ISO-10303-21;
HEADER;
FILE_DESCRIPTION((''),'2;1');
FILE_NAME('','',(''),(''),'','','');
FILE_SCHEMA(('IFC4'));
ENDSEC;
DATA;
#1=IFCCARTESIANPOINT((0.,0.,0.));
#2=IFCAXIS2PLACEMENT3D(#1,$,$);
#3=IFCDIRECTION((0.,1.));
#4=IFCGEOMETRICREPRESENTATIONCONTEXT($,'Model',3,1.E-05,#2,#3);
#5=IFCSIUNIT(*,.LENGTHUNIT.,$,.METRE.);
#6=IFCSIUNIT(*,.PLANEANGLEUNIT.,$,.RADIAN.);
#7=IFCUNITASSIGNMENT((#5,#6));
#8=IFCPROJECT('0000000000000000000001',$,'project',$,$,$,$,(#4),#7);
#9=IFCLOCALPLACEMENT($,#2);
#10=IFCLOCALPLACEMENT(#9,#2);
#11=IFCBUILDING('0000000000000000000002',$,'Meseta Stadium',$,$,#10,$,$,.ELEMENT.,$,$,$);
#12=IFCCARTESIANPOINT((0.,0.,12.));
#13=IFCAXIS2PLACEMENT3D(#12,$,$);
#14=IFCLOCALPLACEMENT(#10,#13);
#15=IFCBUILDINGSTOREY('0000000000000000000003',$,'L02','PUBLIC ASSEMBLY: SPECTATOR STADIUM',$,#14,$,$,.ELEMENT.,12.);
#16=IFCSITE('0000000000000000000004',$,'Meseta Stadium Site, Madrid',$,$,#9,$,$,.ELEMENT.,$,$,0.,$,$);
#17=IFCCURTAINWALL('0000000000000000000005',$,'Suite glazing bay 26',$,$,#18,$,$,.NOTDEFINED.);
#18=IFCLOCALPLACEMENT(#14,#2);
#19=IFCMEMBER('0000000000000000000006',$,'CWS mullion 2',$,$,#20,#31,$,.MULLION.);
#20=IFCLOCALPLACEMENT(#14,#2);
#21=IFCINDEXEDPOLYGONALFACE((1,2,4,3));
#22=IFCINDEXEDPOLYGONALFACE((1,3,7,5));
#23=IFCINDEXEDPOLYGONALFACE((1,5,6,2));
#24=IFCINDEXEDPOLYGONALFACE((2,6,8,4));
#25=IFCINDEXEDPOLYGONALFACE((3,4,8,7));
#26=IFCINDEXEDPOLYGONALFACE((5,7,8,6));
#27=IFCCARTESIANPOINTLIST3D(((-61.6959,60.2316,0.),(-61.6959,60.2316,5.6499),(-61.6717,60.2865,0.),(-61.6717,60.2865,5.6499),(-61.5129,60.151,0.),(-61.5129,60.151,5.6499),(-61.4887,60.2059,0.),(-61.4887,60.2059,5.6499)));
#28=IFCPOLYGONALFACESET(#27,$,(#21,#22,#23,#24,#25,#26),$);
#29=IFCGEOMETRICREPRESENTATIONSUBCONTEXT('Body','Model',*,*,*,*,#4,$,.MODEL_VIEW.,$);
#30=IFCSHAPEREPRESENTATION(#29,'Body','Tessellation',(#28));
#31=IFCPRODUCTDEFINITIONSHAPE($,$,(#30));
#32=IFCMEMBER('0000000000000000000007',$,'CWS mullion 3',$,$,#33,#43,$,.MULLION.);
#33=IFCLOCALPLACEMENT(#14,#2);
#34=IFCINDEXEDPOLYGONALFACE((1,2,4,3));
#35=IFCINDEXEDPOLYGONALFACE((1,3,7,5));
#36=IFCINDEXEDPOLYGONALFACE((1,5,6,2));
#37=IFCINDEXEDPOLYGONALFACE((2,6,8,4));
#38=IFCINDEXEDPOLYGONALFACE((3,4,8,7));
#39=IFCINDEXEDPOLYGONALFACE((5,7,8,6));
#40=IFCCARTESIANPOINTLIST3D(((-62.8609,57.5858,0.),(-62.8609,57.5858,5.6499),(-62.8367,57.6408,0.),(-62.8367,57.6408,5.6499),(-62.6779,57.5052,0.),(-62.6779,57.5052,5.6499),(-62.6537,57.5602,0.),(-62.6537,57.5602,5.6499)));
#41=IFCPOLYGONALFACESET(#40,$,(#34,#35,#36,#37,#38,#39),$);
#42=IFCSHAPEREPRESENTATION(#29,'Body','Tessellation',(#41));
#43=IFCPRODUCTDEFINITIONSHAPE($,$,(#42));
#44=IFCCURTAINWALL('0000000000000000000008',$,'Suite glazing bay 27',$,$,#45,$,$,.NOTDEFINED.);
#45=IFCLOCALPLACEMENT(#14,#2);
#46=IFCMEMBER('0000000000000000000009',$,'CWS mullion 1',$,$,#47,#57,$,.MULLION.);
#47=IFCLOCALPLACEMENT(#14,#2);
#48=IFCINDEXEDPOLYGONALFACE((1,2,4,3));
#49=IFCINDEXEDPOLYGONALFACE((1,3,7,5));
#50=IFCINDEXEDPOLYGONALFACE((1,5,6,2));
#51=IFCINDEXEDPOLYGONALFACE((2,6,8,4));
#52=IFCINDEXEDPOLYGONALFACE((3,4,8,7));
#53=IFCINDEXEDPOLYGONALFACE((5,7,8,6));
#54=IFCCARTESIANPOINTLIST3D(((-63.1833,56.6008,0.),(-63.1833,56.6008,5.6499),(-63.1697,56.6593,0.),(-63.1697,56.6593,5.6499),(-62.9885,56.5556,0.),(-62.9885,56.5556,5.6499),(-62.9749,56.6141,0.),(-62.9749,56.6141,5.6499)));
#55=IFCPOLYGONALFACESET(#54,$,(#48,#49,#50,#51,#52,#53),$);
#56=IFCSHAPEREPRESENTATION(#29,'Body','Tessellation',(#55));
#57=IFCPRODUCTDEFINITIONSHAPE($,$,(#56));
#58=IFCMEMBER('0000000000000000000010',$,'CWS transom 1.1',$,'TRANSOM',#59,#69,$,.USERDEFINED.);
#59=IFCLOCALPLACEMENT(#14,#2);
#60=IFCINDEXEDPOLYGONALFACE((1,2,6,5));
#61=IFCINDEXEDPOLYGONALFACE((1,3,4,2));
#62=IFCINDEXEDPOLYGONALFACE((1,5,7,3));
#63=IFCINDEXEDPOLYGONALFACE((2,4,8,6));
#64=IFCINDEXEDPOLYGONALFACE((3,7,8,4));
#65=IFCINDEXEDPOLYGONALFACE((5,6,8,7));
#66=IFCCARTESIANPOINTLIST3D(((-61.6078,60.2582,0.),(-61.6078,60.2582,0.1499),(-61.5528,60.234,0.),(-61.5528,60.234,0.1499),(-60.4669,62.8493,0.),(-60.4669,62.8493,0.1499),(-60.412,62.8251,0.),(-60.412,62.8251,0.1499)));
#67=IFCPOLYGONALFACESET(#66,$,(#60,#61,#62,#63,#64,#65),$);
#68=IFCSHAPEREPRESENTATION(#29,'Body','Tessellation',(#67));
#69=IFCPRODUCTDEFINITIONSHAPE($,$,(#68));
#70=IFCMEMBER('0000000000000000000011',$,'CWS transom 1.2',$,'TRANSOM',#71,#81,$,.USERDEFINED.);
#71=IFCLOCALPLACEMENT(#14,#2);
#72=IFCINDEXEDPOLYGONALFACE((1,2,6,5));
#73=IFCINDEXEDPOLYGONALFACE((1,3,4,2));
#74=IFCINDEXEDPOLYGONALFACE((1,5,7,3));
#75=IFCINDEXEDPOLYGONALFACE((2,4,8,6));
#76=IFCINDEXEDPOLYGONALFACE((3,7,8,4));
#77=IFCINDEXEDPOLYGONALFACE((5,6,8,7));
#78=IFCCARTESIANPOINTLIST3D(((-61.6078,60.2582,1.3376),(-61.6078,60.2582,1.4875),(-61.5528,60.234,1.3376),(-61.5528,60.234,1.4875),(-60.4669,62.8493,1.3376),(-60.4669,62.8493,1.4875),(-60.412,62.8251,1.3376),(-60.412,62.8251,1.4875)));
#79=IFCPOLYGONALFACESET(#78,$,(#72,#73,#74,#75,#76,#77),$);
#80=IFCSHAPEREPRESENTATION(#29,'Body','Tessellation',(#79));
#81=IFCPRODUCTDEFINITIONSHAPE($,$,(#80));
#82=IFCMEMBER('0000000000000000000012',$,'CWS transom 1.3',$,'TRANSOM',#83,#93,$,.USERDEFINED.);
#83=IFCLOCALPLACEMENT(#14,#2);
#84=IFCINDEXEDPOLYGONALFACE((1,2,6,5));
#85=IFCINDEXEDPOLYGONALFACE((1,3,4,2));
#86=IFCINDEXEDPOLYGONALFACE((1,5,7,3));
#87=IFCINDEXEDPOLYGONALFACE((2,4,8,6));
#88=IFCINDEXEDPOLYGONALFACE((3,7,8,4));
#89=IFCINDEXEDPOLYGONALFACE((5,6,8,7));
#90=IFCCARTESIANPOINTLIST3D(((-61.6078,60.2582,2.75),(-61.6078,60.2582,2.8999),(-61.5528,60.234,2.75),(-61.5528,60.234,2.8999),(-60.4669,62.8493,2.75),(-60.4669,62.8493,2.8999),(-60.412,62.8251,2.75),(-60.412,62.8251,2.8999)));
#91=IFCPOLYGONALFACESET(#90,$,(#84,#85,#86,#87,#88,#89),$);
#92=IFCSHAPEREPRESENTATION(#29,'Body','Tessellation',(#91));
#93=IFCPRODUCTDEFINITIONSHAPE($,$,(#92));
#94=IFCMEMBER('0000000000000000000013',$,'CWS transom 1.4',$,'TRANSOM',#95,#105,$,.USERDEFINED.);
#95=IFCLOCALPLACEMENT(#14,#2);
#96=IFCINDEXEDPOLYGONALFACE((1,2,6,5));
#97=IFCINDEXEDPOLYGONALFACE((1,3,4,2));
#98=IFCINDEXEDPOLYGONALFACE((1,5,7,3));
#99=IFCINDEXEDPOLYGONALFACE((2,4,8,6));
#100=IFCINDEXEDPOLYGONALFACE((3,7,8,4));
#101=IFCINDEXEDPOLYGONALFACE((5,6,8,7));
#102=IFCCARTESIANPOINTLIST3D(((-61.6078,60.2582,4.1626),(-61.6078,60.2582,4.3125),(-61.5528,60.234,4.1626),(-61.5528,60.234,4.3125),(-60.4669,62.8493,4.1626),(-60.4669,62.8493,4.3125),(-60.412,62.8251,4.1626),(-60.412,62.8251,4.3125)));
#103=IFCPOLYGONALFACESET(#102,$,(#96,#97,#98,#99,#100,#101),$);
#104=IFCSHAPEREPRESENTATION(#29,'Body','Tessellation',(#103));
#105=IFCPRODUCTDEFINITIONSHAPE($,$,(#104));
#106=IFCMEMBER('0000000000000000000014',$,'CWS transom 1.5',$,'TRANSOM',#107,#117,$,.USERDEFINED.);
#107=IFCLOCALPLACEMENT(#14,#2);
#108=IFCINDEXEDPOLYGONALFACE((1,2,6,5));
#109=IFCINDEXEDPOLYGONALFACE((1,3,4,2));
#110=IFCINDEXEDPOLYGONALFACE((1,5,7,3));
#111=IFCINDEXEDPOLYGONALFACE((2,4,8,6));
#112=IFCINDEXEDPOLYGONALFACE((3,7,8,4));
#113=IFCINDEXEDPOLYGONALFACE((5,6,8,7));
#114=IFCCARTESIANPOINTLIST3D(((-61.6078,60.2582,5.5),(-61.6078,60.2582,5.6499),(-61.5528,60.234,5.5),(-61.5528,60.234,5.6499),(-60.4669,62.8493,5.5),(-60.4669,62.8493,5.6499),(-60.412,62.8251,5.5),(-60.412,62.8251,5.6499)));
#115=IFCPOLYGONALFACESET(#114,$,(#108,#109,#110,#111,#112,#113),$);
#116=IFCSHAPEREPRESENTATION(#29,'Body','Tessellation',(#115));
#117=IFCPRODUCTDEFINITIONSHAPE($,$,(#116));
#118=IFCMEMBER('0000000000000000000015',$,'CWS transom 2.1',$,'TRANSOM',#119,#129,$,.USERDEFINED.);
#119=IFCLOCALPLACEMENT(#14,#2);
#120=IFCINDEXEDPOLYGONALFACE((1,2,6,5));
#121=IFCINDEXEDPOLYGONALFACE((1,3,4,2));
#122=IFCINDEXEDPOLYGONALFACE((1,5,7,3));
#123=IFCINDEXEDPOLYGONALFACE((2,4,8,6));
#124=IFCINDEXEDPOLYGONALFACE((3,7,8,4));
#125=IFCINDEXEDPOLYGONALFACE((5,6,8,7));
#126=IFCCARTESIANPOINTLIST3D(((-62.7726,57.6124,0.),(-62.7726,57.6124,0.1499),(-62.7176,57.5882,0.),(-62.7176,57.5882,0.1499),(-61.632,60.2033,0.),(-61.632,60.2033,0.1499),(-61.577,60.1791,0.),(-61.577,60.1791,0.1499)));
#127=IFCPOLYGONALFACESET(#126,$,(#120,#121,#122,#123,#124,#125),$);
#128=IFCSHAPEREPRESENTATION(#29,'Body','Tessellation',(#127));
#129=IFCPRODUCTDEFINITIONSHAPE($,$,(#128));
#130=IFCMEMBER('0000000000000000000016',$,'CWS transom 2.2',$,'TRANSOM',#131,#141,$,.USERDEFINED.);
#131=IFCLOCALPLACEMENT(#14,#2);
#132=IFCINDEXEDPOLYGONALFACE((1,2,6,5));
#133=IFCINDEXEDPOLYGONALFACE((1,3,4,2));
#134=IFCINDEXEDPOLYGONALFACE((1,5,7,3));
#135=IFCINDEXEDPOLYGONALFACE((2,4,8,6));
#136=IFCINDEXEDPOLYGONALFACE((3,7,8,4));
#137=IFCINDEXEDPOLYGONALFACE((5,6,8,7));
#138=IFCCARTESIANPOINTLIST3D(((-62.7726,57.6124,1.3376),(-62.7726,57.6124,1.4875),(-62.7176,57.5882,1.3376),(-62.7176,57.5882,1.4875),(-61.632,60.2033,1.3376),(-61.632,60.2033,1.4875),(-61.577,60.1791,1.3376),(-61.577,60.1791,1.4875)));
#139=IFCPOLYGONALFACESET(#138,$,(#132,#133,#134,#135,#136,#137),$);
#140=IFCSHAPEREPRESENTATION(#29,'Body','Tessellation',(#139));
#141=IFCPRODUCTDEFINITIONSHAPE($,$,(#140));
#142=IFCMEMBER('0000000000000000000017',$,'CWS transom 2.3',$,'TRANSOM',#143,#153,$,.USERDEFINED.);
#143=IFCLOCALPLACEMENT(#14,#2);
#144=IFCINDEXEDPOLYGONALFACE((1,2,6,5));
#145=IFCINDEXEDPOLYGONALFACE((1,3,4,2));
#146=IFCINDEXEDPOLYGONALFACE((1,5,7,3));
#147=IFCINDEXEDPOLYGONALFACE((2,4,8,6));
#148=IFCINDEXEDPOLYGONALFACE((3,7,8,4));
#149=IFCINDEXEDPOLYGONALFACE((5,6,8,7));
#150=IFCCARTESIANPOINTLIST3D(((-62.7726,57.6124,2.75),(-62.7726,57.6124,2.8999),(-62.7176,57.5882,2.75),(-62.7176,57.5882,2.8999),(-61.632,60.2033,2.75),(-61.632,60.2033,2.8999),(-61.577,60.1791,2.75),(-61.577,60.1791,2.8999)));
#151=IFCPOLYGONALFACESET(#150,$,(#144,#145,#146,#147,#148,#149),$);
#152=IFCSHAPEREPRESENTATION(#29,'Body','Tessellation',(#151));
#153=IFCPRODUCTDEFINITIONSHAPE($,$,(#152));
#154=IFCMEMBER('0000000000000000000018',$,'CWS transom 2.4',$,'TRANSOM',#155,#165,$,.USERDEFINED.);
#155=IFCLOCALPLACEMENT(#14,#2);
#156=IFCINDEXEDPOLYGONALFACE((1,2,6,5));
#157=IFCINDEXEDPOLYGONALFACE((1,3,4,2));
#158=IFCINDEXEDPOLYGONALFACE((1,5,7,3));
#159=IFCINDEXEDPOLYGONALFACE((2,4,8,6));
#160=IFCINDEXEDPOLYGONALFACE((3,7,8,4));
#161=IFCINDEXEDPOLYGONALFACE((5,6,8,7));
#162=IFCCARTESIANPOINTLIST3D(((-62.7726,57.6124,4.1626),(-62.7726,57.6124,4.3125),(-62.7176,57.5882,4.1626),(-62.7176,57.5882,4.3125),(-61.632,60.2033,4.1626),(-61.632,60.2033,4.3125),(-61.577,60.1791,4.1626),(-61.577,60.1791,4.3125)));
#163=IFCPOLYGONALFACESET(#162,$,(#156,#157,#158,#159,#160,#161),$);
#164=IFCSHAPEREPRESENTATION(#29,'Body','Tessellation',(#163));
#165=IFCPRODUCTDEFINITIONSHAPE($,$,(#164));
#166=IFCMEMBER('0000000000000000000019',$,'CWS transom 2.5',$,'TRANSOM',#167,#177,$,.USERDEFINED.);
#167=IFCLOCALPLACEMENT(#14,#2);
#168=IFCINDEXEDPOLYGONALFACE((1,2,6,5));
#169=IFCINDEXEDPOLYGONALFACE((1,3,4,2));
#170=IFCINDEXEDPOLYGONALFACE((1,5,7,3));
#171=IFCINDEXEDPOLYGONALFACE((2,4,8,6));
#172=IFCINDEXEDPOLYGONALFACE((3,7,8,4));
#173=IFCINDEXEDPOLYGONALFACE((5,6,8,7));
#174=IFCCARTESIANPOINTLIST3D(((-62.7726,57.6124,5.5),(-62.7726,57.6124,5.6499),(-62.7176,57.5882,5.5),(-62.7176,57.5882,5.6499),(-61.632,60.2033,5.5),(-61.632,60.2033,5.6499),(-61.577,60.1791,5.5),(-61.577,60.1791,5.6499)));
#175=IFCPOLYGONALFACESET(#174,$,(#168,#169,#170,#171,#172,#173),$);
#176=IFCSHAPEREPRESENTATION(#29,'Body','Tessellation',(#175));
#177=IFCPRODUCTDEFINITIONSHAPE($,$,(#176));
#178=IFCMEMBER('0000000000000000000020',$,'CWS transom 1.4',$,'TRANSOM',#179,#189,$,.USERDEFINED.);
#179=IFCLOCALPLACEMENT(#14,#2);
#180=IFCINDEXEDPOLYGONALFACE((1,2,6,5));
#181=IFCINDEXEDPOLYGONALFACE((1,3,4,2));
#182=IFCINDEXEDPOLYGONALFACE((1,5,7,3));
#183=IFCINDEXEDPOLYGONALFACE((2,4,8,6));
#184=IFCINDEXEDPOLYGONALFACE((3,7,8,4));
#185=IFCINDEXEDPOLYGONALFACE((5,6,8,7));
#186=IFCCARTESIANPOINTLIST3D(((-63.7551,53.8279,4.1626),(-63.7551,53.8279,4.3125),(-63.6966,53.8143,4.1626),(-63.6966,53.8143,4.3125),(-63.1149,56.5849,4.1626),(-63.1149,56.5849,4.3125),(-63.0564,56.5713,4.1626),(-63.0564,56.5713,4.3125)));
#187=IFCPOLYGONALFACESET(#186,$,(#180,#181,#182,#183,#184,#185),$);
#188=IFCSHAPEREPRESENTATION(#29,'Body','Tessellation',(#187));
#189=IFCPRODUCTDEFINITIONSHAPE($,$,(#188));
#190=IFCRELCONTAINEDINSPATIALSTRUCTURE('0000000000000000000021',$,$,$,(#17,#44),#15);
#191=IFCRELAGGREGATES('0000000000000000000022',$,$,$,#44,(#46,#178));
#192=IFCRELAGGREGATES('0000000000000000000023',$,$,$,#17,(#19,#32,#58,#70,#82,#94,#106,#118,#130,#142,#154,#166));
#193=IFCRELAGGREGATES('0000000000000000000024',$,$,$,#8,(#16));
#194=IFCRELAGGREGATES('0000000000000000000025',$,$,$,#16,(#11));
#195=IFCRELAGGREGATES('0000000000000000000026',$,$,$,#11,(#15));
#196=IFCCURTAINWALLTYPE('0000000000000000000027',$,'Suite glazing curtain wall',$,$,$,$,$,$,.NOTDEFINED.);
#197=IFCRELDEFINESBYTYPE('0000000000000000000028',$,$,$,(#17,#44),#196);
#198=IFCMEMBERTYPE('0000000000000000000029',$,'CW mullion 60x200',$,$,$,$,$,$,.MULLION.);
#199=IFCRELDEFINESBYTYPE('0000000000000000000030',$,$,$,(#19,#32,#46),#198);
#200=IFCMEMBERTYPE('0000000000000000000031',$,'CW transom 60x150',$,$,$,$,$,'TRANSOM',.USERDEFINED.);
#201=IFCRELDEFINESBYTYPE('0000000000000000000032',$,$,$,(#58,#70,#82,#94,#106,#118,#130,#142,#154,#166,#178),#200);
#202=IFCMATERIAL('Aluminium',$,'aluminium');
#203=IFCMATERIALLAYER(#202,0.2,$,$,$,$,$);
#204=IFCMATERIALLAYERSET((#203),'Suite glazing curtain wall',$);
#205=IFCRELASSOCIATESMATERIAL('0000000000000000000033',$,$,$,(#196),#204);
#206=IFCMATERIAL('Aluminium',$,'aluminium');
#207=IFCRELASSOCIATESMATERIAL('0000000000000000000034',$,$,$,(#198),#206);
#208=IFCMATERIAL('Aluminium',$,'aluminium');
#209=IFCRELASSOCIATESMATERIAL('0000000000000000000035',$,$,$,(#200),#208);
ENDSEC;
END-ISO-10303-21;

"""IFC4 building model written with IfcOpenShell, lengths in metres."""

from ifc_helpers import new_model, si_unit, direction, frame, origin, origin_2d, place, context, subcontext, project, spatial, rectangle, extrude, material, layer, layer_set, material_profile, profile_set, type_object, element, aggregate, save


model = new_model("IFC4")

# Units and contexts
model_context = context("Model", 3, precision=1e-05, world=origin(), true_north=direction((0.0, 1.0)))
body_context = subcontext(model_context, "Body", "Model", "MODEL_VIEW")
ifc_project = project(units=[si_unit("LENGTHUNIT", "METRE"), si_unit("PLANEANGLEUNIT", "RADIAN")], contexts=[model_context])

# Site, building, storey
site_placement = place(None, origin())
site = spatial("IfcSite", under=ifc_project, at=site_placement, Name="Meseta Stadium Site, Madrid", CompositionType="ELEMENT", RefElevation=0.0)
building_placement = place(site_placement, origin())
building = spatial("IfcBuilding", under=site, at=building_placement, Name="Meseta Stadium", CompositionType="ELEMENT")
storey_placement = place(building_placement, frame((0.0, 0.0, 12.0)))
storey = spatial("IfcBuildingStorey", under=building, at=storey_placement, Name="L02", Description="PUBLIC ASSEMBLY: SPECTATOR STADIUM", CompositionType="ELEMENT", Elevation=12.0)

# Curtain wall, members
ifc_material_1 = material(Name="Aluminium", Category="aluminium")
ifc_layer_1 = layer(ifc_material_1, 0.2)
ifc_layer_set_1 = layer_set([ifc_layer_1], Name="Suite glazing curtain wall")
curtain_wall_type = type_object("IfcCurtainWallType", Name="Suite glazing curtain wall", PredefinedType="NOTDEFINED", material=ifc_layer_set_1)
curtain_wall_1_placement = place(storey_placement, origin())
curtain_wall_1 = element("IfcCurtainWall", 1, at=curtain_wall_1_placement, inside=storey, type_object=curtain_wall_type, Name="Suite glazing bay 26", PredefinedType="NOTDEFINED")
ifc_material_2 = material(Name="Aluminium", Category="aluminium")
ifc_material_profile_1 = material_profile(ifc_material_2, rectangle(XDim=0.2, YDim=0.0601, at=origin_2d()), Name="CW 200x60")
ifc_profile_set_1 = profile_set([ifc_material_profile_1], Name="Aluminium")
member_type_1 = type_object("IfcMemberType", Name="CW mullion 60x200", PredefinedType="MULLION", material=ifc_profile_set_1)
member_1_placement = place(storey_placement, frame((-61.5923, 60.2188, 0.0), z_axis=(0.0, 0.0, 1.0), x_axis=(0.915207, -0.402983, 0.0)))
member_1 = element("IfcMember", 2, at=member_1_placement, type_object=member_type_1, Name="CWS mullion 2", PredefinedType="MULLION", context=body_context, shape_type="SweptSolid", body=[
    extrude(rectangle(XDim=0.2, YDim=0.0601, at=origin_2d()), origin(), (0.0, 0.0, 1.0), 5.6499),
])
member_2_placement = place(storey_placement, frame((-62.7573, 57.573, 0.0), z_axis=(0.0, 0.0, 1.0), x_axis=(0.915207, -0.402983, 0.0)))
member_2 = element("IfcMember", 3, at=member_2_placement, type_object=member_type_1, Name="CWS mullion 3", PredefinedType="MULLION", context=body_context, shape_type="SweptSolid", body=[
    extrude(rectangle(XDim=0.2, YDim=0.0601, at=origin_2d()), origin(), (0.0, 0.0, 1.0), 5.6499),
])

# Curtain wall, member
curtain_wall_2_placement = place(storey_placement, origin())
curtain_wall_2 = element("IfcCurtainWall", 4, at=curtain_wall_2_placement, inside=storey, type_object=curtain_wall_type, Name="Suite glazing bay 27", PredefinedType="NOTDEFINED")
member_3_placement = place(storey_placement, frame((-63.0791, 56.6074, 0.0), z_axis=(0.0, 0.0, 1.0), x_axis=(0.974093, -0.226148, 0.0)))
member_3 = element("IfcMember", 5, at=member_3_placement, type_object=member_type_1, Name="CWS mullion 1", PredefinedType="MULLION", context=body_context, shape_type="SweptSolid", body=[
    extrude(rectangle(XDim=0.2, YDim=0.0601, at=origin_2d()), origin(), (0.0, 0.0, 1.0), 5.6499),
])

# Members
ifc_material_3 = material(Name="Aluminium", Category="aluminium")
ifc_material_profile_2 = material_profile(ifc_material_3, rectangle(XDim=0.0601, YDim=0.1499, at=origin_2d()), Name="CW 60x150")
ifc_profile_set_2 = profile_set([ifc_material_profile_2], Name="Aluminium")
member_type_2 = type_object("IfcMemberType", Name="CW transom 60x150", ElementType="TRANSOM", PredefinedType="USERDEFINED", material=ifc_profile_set_2)
member_4_placement = place(storey_placement, frame((-60.4395, 62.8372, 0.075), z_axis=(-0.402976, -0.915211, 0.0), x_axis=(0.915211, -0.402976, 0.0)))
member_4 = element("IfcMember", 6, at=member_4_placement, type_object=member_type_2, Name="CWS transom 1.1", ObjectType="TRANSOM", PredefinedType="USERDEFINED", context=body_context, shape_type="SweptSolid", body=[
    extrude(rectangle(XDim=0.0601, YDim=0.1499, at=origin_2d()), origin(), (0.0, 0.0, 1.0), 2.8311),
])
member_5_placement = place(storey_placement, frame((-60.4395, 62.8372, 1.4126), z_axis=(-0.402976, -0.915211, 0.0), x_axis=(0.915211, -0.402976, 0.0)))
member_5 = element("IfcMember", 7, at=member_5_placement, type_object=member_type_2, Name="CWS transom 1.2", ObjectType="TRANSOM", PredefinedType="USERDEFINED", context=body_context, shape_type="SweptSolid", body=[
    extrude(rectangle(XDim=0.0601, YDim=0.1499, at=origin_2d()), origin(), (0.0, 0.0, 1.0), 2.8311),
])
member_6_placement = place(storey_placement, frame((-60.4395, 62.8372, 2.825), z_axis=(-0.402976, -0.915211, 0.0), x_axis=(0.915211, -0.402976, 0.0)))
member_6 = element("IfcMember", 8, at=member_6_placement, type_object=member_type_2, Name="CWS transom 1.3", ObjectType="TRANSOM", PredefinedType="USERDEFINED", context=body_context, shape_type="SweptSolid", body=[
    extrude(rectangle(XDim=0.0601, YDim=0.1499, at=origin_2d()), origin(), (0.0, 0.0, 1.0), 2.8311),
])
member_7_placement = place(storey_placement, frame((-60.4395, 62.8372, 4.2375), z_axis=(-0.402976, -0.915211, 0.0), x_axis=(0.915211, -0.402976, 0.0)))
member_7 = element("IfcMember", 9, at=member_7_placement, type_object=member_type_2, Name="CWS transom 1.4", ObjectType="TRANSOM", PredefinedType="USERDEFINED", context=body_context, shape_type="SweptSolid", body=[
    extrude(rectangle(XDim=0.0601, YDim=0.1499, at=origin_2d()), origin(), (0.0, 0.0, 1.0), 2.8311),
])
member_8_placement = place(storey_placement, frame((-60.4395, 62.8372, 5.575), z_axis=(-0.402976, -0.915211, 0.0), x_axis=(0.915211, -0.402976, 0.0)))
member_8 = element("IfcMember", 10, at=member_8_placement, type_object=member_type_2, Name="CWS transom 1.5", ObjectType="TRANSOM", PredefinedType="USERDEFINED", context=body_context, shape_type="SweptSolid", body=[
    extrude(rectangle(XDim=0.0601, YDim=0.1499, at=origin_2d()), origin(), (0.0, 0.0, 1.0), 2.8311),
])
member_9_placement = place(storey_placement, frame((-61.6045, 60.1912, 0.075), z_axis=(-0.402935, -0.915229, 0.0), x_axis=(0.915229, -0.402935, 0.0)))
member_9 = element("IfcMember", 11, at=member_9_placement, type_object=member_type_2, Name="CWS transom 2.1", ObjectType="TRANSOM", PredefinedType="USERDEFINED", context=body_context, shape_type="SweptSolid", body=[
    extrude(rectangle(XDim=0.0601, YDim=0.1499, at=origin_2d()), origin(), (0.0, 0.0, 1.0), 2.8308),
])
member_10_placement = place(storey_placement, frame((-61.6045, 60.1912, 1.4126), z_axis=(-0.402935, -0.915229, 0.0), x_axis=(0.915229, -0.402935, 0.0)))
member_10 = element("IfcMember", 12, at=member_10_placement, type_object=member_type_2, Name="CWS transom 2.2", ObjectType="TRANSOM", PredefinedType="USERDEFINED", context=body_context, shape_type="SweptSolid", body=[
    extrude(rectangle(XDim=0.0601, YDim=0.1499, at=origin_2d()), origin(), (0.0, 0.0, 1.0), 2.8308),
])
member_11_placement = place(storey_placement, frame((-61.6045, 60.1912, 2.825), z_axis=(-0.402935, -0.915229, 0.0), x_axis=(0.915229, -0.402935, 0.0)))
member_11 = element("IfcMember", 13, at=member_11_placement, type_object=member_type_2, Name="CWS transom 2.3", ObjectType="TRANSOM", PredefinedType="USERDEFINED", context=body_context, shape_type="SweptSolid", body=[
    extrude(rectangle(XDim=0.0601, YDim=0.1499, at=origin_2d()), origin(), (0.0, 0.0, 1.0), 2.8308),
])
member_12_placement = place(storey_placement, frame((-61.6045, 60.1912, 4.2375), z_axis=(-0.402935, -0.915229, 0.0), x_axis=(0.915229, -0.402935, 0.0)))
member_12 = element("IfcMember", 14, at=member_12_placement, type_object=member_type_2, Name="CWS transom 2.4", ObjectType="TRANSOM", PredefinedType="USERDEFINED", context=body_context, shape_type="SweptSolid", body=[
    extrude(rectangle(XDim=0.0601, YDim=0.1499, at=origin_2d()), origin(), (0.0, 0.0, 1.0), 2.8308),
])
member_13_placement = place(storey_placement, frame((-61.6045, 60.1912, 5.575), z_axis=(-0.402935, -0.915229, 0.0), x_axis=(0.915229, -0.402935, 0.0)))
member_13 = element("IfcMember", 15, at=member_13_placement, type_object=member_type_2, Name="CWS transom 2.5", ObjectType="TRANSOM", PredefinedType="USERDEFINED", context=body_context, shape_type="SweptSolid", body=[
    extrude(rectangle(XDim=0.0601, YDim=0.1499, at=origin_2d()), origin(), (0.0, 0.0, 1.0), 2.8308),
])
member_14_placement = place(storey_placement, frame((-63.0857, 56.5781, 4.2375), z_axis=(-0.226163, -0.974089, 0.0), x_axis=(0.974089, -0.226163, 0.0)))
member_14 = element("IfcMember", 16, at=member_14_placement, type_object=member_type_2, Name="CWS transom 1.4", ObjectType="TRANSOM", PredefinedType="USERDEFINED", context=body_context, shape_type="SweptSolid", body=[
    extrude(rectangle(XDim=0.0601, YDim=0.1499, at=origin_2d()), origin(), (0.0, 0.0, 1.0), 2.8303),
])
aggregate(curtain_wall_2, [member_3, member_14])

aggregate(curtain_wall_1, [member_1, member_2, member_4, member_5, member_6, member_7, member_8, member_9, member_10, member_11, member_12, member_13])

save(model, "model.ifc")
